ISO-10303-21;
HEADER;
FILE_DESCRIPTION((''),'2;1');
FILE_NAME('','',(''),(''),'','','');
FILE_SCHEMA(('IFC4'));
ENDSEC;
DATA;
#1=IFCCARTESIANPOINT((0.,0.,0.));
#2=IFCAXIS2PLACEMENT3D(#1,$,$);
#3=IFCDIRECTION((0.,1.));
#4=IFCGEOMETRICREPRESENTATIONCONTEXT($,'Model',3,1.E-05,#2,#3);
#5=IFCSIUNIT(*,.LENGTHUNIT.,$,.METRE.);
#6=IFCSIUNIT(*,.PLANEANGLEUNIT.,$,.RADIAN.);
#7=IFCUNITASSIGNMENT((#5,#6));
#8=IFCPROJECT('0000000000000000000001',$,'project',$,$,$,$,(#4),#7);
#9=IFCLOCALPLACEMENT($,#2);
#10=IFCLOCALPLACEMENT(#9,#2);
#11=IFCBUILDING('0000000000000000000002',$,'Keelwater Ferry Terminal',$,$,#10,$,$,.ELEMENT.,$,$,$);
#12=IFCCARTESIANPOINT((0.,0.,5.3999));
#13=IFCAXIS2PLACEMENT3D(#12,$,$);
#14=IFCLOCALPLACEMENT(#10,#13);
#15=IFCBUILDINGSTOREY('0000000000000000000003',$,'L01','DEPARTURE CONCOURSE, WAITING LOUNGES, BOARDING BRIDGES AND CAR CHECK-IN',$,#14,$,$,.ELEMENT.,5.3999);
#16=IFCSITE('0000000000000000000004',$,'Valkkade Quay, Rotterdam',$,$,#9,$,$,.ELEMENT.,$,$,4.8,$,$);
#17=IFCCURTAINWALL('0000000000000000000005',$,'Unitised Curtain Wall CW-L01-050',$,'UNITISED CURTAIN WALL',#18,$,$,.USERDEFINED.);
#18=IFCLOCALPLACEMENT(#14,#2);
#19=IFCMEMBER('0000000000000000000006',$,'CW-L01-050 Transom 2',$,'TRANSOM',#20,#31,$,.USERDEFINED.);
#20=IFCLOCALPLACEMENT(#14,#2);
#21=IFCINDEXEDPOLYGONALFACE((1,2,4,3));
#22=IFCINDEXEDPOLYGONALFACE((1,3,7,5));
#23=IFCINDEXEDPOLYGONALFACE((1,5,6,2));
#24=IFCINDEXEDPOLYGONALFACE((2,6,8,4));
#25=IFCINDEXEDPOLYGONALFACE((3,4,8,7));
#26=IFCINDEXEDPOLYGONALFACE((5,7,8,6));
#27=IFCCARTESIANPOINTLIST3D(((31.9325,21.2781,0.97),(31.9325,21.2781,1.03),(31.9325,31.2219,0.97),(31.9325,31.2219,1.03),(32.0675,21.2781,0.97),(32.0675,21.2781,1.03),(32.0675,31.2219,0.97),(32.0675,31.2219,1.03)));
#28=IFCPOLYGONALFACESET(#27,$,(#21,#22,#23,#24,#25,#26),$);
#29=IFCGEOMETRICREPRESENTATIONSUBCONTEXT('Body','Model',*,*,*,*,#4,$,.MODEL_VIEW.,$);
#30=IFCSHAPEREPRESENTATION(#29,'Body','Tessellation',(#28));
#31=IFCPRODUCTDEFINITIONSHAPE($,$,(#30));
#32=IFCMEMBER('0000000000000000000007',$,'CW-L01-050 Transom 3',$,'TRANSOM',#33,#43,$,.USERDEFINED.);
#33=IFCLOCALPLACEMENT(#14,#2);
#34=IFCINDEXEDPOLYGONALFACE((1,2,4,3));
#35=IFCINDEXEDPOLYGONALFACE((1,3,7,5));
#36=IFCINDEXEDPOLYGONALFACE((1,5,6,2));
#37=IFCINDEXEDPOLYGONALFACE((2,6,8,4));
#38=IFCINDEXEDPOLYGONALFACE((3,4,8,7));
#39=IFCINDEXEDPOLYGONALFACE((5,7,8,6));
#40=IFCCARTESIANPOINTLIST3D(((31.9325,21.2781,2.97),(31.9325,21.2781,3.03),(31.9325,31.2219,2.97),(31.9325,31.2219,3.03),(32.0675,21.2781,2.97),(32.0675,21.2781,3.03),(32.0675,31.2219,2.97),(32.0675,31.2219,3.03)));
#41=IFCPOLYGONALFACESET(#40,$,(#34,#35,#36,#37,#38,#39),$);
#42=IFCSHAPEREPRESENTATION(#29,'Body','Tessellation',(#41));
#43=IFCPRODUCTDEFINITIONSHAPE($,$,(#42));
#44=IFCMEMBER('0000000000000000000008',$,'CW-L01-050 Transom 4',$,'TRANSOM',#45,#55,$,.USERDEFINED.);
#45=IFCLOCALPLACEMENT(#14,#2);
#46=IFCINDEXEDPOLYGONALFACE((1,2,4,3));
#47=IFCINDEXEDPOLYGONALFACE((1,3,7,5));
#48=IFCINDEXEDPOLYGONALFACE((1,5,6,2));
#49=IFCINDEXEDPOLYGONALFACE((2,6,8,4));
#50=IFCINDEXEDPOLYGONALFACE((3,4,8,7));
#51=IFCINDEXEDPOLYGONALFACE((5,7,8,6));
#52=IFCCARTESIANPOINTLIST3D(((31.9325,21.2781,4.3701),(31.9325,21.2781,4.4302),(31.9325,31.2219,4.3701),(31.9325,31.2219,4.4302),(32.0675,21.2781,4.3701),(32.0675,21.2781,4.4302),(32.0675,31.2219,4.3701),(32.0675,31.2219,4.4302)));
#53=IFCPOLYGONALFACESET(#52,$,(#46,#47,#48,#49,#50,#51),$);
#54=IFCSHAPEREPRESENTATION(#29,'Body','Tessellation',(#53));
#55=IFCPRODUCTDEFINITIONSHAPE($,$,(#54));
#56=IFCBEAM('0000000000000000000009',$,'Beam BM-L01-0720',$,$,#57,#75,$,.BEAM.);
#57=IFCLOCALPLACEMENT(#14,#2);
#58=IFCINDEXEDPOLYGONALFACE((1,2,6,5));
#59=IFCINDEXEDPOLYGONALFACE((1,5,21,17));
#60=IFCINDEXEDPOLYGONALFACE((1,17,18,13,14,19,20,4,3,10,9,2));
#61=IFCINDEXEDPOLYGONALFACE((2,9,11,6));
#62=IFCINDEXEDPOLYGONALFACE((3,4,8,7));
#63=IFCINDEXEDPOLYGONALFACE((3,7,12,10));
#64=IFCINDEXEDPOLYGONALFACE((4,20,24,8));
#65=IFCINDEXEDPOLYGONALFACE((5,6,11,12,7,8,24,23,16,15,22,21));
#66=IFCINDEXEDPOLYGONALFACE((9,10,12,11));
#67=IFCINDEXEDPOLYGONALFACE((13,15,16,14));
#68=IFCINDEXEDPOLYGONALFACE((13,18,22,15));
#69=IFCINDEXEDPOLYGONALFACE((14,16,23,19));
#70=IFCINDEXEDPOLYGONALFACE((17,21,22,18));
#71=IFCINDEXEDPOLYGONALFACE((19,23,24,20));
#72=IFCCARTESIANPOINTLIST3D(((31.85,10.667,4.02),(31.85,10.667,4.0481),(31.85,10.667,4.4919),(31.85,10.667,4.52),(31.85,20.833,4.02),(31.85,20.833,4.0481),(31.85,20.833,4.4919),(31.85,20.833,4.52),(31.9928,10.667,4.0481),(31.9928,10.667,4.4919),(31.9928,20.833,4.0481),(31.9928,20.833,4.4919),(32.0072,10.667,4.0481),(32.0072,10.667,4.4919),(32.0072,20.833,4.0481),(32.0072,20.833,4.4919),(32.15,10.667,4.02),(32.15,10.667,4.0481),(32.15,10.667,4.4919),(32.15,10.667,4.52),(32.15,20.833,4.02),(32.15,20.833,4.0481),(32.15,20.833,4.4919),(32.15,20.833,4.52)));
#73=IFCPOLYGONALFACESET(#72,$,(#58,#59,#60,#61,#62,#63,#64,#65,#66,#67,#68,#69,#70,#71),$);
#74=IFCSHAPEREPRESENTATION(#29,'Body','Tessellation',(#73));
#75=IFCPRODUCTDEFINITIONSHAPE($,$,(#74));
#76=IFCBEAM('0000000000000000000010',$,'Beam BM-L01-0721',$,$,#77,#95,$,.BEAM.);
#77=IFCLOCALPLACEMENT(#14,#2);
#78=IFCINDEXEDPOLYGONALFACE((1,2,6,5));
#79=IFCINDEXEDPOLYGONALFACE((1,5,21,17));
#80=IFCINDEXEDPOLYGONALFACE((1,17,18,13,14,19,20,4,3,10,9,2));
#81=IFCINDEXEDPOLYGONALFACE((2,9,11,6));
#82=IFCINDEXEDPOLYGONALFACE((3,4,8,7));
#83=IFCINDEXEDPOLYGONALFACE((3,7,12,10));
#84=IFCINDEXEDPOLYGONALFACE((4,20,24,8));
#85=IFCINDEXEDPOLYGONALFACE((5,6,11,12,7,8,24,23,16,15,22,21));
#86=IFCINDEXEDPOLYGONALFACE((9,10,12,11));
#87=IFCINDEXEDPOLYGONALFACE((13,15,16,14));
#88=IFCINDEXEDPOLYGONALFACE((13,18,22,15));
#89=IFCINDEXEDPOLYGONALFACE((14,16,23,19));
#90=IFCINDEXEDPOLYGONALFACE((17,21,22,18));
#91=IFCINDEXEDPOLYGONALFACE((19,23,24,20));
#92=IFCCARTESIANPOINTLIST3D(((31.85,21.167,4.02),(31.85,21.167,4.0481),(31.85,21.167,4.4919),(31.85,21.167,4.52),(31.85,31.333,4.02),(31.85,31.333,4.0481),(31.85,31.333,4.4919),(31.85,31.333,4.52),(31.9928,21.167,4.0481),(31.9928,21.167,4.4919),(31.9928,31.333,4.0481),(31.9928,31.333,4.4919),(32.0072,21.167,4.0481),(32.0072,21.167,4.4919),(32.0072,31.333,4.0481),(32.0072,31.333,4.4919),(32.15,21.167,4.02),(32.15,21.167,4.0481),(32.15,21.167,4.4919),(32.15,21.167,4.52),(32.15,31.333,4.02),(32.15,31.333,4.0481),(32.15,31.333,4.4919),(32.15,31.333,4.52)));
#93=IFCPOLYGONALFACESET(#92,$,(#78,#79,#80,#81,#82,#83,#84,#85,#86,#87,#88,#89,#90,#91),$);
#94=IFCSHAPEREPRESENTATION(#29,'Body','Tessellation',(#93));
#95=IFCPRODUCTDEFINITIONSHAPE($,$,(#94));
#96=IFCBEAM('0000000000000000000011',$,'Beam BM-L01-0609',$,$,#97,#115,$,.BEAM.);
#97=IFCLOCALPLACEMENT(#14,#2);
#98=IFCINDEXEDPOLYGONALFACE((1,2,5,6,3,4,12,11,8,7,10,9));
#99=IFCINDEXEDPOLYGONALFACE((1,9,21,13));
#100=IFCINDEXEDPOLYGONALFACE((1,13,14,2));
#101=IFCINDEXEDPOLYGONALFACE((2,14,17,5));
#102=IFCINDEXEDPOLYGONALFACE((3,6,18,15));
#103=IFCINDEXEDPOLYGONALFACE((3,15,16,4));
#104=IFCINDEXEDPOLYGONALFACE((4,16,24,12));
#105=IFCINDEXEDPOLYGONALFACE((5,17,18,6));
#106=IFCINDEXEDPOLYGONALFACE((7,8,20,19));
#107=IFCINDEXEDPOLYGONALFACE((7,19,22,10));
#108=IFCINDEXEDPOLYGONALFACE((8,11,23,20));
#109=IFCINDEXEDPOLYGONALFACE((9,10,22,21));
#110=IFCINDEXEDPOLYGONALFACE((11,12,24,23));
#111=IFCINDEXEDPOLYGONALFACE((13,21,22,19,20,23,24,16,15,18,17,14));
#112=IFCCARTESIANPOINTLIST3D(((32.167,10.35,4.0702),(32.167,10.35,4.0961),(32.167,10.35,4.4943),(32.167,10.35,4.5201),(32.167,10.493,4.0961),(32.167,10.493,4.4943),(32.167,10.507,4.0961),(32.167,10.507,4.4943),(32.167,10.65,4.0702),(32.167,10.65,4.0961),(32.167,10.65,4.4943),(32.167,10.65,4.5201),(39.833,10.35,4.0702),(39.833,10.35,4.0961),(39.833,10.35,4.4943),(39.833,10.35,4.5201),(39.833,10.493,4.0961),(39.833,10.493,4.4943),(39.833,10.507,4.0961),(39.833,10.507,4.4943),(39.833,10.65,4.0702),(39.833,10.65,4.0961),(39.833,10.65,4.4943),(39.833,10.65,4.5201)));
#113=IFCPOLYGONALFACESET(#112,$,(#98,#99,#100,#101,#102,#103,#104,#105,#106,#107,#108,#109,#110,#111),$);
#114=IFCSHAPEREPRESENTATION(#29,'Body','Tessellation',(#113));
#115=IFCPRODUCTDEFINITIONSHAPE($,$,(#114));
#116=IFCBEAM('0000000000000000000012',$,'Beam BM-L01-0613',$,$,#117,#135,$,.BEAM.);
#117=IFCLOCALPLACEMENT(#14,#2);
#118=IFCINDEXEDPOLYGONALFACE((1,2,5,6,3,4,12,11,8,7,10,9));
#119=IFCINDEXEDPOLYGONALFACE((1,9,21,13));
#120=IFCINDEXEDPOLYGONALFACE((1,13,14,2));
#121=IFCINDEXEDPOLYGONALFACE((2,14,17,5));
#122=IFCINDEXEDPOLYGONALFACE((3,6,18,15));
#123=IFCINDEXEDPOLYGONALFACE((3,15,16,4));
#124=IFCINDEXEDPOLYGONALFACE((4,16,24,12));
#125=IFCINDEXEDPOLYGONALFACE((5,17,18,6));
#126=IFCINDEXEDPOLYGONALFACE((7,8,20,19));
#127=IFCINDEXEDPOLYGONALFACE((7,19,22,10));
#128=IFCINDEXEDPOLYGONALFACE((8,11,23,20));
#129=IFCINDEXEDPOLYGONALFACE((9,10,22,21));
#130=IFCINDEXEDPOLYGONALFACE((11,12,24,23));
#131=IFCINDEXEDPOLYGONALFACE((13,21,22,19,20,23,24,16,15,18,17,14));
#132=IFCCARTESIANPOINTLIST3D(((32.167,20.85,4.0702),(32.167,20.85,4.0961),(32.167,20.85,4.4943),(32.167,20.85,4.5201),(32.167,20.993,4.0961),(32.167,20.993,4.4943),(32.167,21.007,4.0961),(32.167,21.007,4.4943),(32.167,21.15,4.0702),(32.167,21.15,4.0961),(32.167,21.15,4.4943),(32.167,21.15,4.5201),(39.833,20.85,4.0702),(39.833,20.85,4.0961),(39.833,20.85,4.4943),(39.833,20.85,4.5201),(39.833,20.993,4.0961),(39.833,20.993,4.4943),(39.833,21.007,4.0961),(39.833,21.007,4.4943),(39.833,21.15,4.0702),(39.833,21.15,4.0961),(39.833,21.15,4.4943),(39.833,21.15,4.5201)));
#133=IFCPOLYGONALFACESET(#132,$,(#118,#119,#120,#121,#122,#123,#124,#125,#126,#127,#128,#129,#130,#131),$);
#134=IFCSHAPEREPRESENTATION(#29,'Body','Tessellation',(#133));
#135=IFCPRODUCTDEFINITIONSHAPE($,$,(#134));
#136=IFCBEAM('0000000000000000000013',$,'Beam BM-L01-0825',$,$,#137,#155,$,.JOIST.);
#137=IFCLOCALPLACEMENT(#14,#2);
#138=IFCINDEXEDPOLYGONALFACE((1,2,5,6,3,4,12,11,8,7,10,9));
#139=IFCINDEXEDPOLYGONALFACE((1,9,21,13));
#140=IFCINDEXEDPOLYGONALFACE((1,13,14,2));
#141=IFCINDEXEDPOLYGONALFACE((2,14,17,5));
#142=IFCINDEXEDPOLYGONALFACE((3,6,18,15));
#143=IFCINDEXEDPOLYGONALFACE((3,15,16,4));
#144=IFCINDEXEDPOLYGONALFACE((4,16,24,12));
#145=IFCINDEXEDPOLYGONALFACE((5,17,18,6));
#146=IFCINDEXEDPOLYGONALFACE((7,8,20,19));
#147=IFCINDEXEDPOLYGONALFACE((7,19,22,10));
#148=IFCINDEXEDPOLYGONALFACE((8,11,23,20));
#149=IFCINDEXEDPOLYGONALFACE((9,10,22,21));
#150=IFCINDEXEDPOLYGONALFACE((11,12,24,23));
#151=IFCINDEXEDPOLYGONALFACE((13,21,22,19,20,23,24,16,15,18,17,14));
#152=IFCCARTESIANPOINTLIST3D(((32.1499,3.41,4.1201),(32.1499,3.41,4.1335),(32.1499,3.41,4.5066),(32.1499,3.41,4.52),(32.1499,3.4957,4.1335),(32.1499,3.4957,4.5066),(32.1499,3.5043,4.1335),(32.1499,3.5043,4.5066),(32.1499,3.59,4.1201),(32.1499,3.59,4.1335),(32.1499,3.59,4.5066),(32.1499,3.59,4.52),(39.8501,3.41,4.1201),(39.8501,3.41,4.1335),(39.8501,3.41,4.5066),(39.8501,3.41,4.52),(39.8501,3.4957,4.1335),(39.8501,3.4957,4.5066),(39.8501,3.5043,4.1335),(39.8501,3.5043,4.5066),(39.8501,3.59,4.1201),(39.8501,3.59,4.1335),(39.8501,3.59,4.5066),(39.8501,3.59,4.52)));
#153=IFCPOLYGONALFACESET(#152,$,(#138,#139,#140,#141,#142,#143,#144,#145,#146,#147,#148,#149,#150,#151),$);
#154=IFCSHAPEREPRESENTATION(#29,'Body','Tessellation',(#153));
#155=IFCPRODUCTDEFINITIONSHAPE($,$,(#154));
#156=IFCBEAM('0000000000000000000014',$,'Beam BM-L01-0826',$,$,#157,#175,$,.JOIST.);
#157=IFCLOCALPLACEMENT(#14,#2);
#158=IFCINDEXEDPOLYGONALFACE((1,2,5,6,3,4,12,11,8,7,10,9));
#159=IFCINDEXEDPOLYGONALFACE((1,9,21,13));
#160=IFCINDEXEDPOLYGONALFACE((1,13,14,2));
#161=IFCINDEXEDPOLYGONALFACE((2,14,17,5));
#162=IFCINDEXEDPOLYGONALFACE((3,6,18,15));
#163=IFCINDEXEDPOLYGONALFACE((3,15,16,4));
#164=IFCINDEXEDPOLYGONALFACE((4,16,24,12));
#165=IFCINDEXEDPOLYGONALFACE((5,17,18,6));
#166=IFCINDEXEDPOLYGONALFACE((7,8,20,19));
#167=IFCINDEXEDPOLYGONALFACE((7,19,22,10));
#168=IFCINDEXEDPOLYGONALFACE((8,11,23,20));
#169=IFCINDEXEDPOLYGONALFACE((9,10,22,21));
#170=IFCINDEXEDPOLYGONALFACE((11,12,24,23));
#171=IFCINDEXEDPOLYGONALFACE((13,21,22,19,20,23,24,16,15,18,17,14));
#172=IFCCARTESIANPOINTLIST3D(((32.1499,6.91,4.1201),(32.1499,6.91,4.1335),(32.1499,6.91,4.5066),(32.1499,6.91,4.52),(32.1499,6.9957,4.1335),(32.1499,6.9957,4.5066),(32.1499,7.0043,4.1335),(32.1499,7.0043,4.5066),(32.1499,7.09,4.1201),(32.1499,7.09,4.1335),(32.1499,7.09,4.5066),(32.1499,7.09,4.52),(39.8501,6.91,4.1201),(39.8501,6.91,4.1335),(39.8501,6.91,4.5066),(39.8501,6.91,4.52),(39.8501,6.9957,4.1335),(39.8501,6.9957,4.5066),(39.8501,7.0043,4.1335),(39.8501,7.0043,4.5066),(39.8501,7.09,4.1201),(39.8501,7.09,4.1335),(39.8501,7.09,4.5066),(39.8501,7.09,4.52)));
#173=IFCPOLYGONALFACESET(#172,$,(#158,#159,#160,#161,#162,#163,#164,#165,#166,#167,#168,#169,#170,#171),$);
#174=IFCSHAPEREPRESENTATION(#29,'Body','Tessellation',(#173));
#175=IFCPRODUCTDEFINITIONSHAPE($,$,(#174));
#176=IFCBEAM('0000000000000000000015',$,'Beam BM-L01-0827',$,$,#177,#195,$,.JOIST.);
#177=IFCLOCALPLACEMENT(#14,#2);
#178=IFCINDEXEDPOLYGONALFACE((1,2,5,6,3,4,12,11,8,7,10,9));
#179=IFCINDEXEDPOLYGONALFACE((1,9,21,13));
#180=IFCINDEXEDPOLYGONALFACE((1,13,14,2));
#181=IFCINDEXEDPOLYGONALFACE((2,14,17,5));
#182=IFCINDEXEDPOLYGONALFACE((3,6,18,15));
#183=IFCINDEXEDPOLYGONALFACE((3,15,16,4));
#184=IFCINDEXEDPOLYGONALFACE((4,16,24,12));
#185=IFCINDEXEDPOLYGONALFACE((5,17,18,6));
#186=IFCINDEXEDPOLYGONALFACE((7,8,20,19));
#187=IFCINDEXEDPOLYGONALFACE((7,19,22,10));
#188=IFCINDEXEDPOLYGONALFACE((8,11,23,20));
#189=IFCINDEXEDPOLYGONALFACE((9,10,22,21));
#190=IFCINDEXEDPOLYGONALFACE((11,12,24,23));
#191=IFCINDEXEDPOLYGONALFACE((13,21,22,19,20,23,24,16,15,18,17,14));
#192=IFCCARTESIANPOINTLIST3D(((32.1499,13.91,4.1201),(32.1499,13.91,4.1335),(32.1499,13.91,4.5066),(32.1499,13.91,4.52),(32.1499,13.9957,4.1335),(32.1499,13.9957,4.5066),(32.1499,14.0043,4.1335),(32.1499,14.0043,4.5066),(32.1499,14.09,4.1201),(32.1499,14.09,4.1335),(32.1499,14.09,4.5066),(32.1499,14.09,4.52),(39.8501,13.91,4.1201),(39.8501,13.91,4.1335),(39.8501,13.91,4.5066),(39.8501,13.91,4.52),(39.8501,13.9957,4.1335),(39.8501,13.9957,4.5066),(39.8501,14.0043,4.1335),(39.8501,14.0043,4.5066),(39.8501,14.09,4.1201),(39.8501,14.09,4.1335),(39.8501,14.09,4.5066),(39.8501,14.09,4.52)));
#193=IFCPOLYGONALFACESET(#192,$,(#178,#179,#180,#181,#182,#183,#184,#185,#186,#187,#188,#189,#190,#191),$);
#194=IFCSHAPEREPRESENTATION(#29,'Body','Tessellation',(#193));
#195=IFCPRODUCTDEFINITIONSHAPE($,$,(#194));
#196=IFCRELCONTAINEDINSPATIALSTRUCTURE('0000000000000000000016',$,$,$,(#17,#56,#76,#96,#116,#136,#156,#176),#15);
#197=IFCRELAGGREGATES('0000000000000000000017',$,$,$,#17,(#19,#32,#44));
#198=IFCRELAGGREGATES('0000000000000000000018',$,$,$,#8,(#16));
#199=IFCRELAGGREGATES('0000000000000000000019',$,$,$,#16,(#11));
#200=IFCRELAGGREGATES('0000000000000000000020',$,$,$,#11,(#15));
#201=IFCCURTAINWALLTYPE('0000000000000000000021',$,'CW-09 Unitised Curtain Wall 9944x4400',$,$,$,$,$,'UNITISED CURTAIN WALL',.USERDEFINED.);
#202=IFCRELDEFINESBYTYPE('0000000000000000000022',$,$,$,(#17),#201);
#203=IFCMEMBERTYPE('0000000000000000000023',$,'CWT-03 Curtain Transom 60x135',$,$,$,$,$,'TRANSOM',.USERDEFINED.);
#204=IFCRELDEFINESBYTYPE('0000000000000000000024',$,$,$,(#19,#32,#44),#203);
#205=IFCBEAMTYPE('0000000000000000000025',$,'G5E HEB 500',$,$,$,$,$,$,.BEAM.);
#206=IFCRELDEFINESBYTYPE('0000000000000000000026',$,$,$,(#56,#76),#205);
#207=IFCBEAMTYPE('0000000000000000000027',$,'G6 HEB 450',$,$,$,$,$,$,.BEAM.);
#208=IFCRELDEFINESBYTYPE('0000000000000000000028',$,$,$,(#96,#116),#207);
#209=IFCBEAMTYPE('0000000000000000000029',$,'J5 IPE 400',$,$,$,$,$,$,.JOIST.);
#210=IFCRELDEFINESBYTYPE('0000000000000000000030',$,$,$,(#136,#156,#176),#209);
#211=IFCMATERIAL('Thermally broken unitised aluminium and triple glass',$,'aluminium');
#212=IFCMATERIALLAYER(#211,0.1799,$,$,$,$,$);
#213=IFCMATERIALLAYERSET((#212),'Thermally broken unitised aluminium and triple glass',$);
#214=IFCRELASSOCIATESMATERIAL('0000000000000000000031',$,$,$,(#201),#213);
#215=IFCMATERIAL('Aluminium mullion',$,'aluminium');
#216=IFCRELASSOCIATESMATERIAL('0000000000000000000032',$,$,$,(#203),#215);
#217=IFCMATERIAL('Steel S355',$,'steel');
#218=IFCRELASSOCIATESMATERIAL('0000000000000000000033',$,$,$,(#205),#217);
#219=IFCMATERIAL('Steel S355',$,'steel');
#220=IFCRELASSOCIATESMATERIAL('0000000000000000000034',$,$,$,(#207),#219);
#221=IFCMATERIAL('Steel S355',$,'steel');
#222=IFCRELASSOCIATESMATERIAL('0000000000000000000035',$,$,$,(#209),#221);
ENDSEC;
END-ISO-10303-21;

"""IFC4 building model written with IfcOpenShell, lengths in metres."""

from ifc_helpers import new_model, si_unit, direction, frame, origin, origin_2d, place, context, subcontext, project, spatial, rectangle, i_section, extrude, material, layer, layer_set, material_profile, profile_set, type_object, element, aggregate, save


model = new_model("IFC4")

# Units and contexts
model_context = context("Model", 3, precision=1e-05, world=origin(), true_north=direction((0.0, 1.0)))
body_context = subcontext(model_context, "Body", "Model", "MODEL_VIEW")
ifc_project = project(units=[si_unit("LENGTHUNIT", "METRE"), si_unit("PLANEANGLEUNIT", "RADIAN")], contexts=[model_context])

# Site, building, storey
site_placement = place(None, origin())
site = spatial("IfcSite", under=ifc_project, at=site_placement, Name="Valkkade Quay, Rotterdam", CompositionType="ELEMENT", RefElevation=4.8)
building_placement = place(site_placement, origin())
building = spatial("IfcBuilding", under=site, at=building_placement, Name="Keelwater Ferry Terminal", CompositionType="ELEMENT")
storey_placement = place(building_placement, frame((0.0, 0.0, 5.3999)))
storey = spatial("IfcBuildingStorey", under=building, at=storey_placement, Name="L01", Description="DEPARTURE CONCOURSE, WAITING LOUNGES, BOARDING BRIDGES AND CAR CHECK-IN", CompositionType="ELEMENT", Elevation=5.3999)

# Curtain wall, members
ifc_material_1 = material(Name="Thermally broken unitised aluminium and triple glass", Category="aluminium")
ifc_layer_1 = layer(ifc_material_1, 0.1799)
ifc_layer_set_1 = layer_set([ifc_layer_1], Name="Thermally broken unitised aluminium and triple glass")
curtain_wall_type = type_object("IfcCurtainWallType", Name="CW-09 Unitised Curtain Wall 9944x4400", ElementType="UNITISED CURTAIN WALL", PredefinedType="USERDEFINED", material=ifc_layer_set_1)
curtain_wall_placement = place(storey_placement, origin())
curtain_wall = element("IfcCurtainWall", 1, at=curtain_wall_placement, inside=storey, type_object=curtain_wall_type, Name="Unitised Curtain Wall CW-L01-050", ObjectType="UNITISED CURTAIN WALL", PredefinedType="USERDEFINED")
ifc_material_2 = material(Name="Aluminium mullion", Category="aluminium")
ifc_material_profile_1 = material_profile(ifc_material_2, rectangle(XDim=0.135, YDim=0.0601, at=origin_2d()), Name="CWT-03")
ifc_profile_set_1 = profile_set([ifc_material_profile_1], Name="Aluminium mullion")
member_type_1 = type_object("IfcMemberType", Name="CWT-03 Curtain Transom 60x135", ElementType="TRANSOM", PredefinedType="USERDEFINED", material=ifc_profile_set_1)
member_1_placement = place(storey_placement, frame((32.0, 21.2781, 1.0), z_axis=(0.0, 1.0, 0.0), x_axis=(-1.0, 0.0, 0.0)))
member_1 = element("IfcMember", 2, at=member_1_placement, type_object=member_type_1, Name="CW-L01-050 Transom 2", ObjectType="TRANSOM", PredefinedType="USERDEFINED", context=body_context, shape_type="SweptSolid", body=[
    extrude(rectangle(XDim=0.135, YDim=0.0601, at=origin_2d()), origin(), (0.0, 0.0, 1.0), 9.9438),
])
member_2_placement = place(storey_placement, frame((32.0, 21.2781, 3.0), z_axis=(0.0, 1.0, 0.0), x_axis=(-1.0, 0.0, 0.0)))
member_2 = element("IfcMember", 3, at=member_2_placement, type_object=member_type_1, Name="CW-L01-050 Transom 3", ObjectType="TRANSOM", PredefinedType="USERDEFINED", context=body_context, shape_type="SweptSolid", body=[
    extrude(rectangle(XDim=0.135, YDim=0.0601, at=origin_2d()), origin(), (0.0, 0.0, 1.0), 9.9438),
])
member_3_placement = place(storey_placement, frame((32.0, 21.2781, 4.4001), z_axis=(0.0, 1.0, 0.0), x_axis=(-1.0, 0.0, 0.0)))
member_3 = element("IfcMember", 4, at=member_3_placement, type_object=member_type_1, Name="CW-L01-050 Transom 4", ObjectType="TRANSOM", PredefinedType="USERDEFINED", context=body_context, shape_type="SweptSolid", body=[
    extrude(rectangle(XDim=0.135, YDim=0.0601, at=origin_2d()), origin(), (0.0, 0.0, 1.0), 9.9438),
])

# Beams
ifc_material_3 = material(Name="Steel S355", Category="steel")
ifc_material_profile_2 = material_profile(ifc_material_3, i_section(OverallWidth=0.3, OverallDepth=0.5, WebThickness=0.0144, FlangeThickness=0.0281, at=origin_2d()), Name="HEB 500")
ifc_profile_set_2 = profile_set([ifc_material_profile_2], Name="Steel S355")
beam_type_1 = type_object("IfcBeamType", Name="G5E HEB 500", PredefinedType="BEAM", material=ifc_profile_set_2)
for number, where, z_axis, x_axis, name in (
    (5, (32.0, 10.667, 4.27), (0.0, 1.0, 0.0), (-1.0, 0.0, 0.0), "Beam BM-L01-0720"),
    (6, (32.0, 21.167, 4.27), (0.0, 1.0, 0.0), (-1.0, 0.0, 0.0), "Beam BM-L01-0721"),
):
    element("IfcBeam", number, at=place(storey_placement, frame(where, z_axis=z_axis, x_axis=x_axis)), inside=storey, type_object=beam_type_1, Name=name, PredefinedType="BEAM", context=body_context, shape_type="SweptSolid", body=[
        extrude(i_section(OverallWidth=0.3, OverallDepth=0.5, WebThickness=0.0144, FlangeThickness=0.0281, at=origin_2d()), origin(), (0.0, 0.0, 1.0), 10.166),
    ])
ifc_material_4 = material(Name="Steel S355", Category="steel")
ifc_material_profile_3 = material_profile(ifc_material_4, i_section(OverallWidth=0.3, OverallDepth=0.45, WebThickness=0.0139, FlangeThickness=0.0259, at=origin_2d()), Name="HEB 450")
ifc_profile_set_3 = profile_set([ifc_material_profile_3], Name="Steel S355")
beam_type_2 = type_object("IfcBeamType", Name="G6 HEB 450", PredefinedType="BEAM", material=ifc_profile_set_3)
for number, where, z_axis, x_axis, name in (
    (7, (32.167, 10.5, 4.2952), (1.0, 0.0, 0.0), (0.0, 1.0, 0.0), "Beam BM-L01-0609"),
    (8, (32.167, 21.0, 4.2952), (1.0, 0.0, 0.0), (0.0, 1.0, 0.0), "Beam BM-L01-0613"),
):
    element("IfcBeam", number, at=place(storey_placement, frame(where, z_axis=z_axis, x_axis=x_axis)), inside=storey, type_object=beam_type_2, Name=name, PredefinedType="BEAM", context=body_context, shape_type="SweptSolid", body=[
        extrude(i_section(OverallWidth=0.3, OverallDepth=0.45, WebThickness=0.0139, FlangeThickness=0.0259, at=origin_2d()), origin(), (0.0, 0.0, 1.0), 7.666),
    ])
ifc_material_5 = material(Name="Steel S355", Category="steel")
ifc_material_profile_4 = material_profile(ifc_material_5, i_section(OverallWidth=0.1799, OverallDepth=0.3999, WebThickness=0.0085, FlangeThickness=0.0134, at=origin_2d()), Name="IPE 400")
ifc_profile_set_4 = profile_set([ifc_material_profile_4], Name="Steel S355")
beam_type_3 = type_object("IfcBeamType", Name="J5 IPE 400", PredefinedType="JOIST", material=ifc_profile_set_4)
for number, where, z_axis, x_axis, name in (
    (9, (32.1499, 3.5, 4.3201), (1.0, 0.0, 0.0), (0.0, 1.0, 0.0), "Beam BM-L01-0825"),
    (10, (32.1499, 7.0, 4.3201), (1.0, 0.0, 0.0), (0.0, 1.0, 0.0), "Beam BM-L01-0826"),
    (11, (32.1499, 14.0, 4.3201), (1.0, 0.0, 0.0), (0.0, 1.0, 0.0), "Beam BM-L01-0827"),
):
    element("IfcBeam", number, at=place(storey_placement, frame(where, z_axis=z_axis, x_axis=x_axis)), inside=storey, type_object=beam_type_3, Name=name, PredefinedType="JOIST", context=body_context, shape_type="SweptSolid", body=[
        extrude(i_section(OverallWidth=0.1799, OverallDepth=0.3999, WebThickness=0.0085, FlangeThickness=0.0134, at=origin_2d()), origin(), (0.0, 0.0, 1.0), 7.7002),
    ])

aggregate(curtain_wall, [member_1, member_2, member_3])

save(model, "model.ifc")
